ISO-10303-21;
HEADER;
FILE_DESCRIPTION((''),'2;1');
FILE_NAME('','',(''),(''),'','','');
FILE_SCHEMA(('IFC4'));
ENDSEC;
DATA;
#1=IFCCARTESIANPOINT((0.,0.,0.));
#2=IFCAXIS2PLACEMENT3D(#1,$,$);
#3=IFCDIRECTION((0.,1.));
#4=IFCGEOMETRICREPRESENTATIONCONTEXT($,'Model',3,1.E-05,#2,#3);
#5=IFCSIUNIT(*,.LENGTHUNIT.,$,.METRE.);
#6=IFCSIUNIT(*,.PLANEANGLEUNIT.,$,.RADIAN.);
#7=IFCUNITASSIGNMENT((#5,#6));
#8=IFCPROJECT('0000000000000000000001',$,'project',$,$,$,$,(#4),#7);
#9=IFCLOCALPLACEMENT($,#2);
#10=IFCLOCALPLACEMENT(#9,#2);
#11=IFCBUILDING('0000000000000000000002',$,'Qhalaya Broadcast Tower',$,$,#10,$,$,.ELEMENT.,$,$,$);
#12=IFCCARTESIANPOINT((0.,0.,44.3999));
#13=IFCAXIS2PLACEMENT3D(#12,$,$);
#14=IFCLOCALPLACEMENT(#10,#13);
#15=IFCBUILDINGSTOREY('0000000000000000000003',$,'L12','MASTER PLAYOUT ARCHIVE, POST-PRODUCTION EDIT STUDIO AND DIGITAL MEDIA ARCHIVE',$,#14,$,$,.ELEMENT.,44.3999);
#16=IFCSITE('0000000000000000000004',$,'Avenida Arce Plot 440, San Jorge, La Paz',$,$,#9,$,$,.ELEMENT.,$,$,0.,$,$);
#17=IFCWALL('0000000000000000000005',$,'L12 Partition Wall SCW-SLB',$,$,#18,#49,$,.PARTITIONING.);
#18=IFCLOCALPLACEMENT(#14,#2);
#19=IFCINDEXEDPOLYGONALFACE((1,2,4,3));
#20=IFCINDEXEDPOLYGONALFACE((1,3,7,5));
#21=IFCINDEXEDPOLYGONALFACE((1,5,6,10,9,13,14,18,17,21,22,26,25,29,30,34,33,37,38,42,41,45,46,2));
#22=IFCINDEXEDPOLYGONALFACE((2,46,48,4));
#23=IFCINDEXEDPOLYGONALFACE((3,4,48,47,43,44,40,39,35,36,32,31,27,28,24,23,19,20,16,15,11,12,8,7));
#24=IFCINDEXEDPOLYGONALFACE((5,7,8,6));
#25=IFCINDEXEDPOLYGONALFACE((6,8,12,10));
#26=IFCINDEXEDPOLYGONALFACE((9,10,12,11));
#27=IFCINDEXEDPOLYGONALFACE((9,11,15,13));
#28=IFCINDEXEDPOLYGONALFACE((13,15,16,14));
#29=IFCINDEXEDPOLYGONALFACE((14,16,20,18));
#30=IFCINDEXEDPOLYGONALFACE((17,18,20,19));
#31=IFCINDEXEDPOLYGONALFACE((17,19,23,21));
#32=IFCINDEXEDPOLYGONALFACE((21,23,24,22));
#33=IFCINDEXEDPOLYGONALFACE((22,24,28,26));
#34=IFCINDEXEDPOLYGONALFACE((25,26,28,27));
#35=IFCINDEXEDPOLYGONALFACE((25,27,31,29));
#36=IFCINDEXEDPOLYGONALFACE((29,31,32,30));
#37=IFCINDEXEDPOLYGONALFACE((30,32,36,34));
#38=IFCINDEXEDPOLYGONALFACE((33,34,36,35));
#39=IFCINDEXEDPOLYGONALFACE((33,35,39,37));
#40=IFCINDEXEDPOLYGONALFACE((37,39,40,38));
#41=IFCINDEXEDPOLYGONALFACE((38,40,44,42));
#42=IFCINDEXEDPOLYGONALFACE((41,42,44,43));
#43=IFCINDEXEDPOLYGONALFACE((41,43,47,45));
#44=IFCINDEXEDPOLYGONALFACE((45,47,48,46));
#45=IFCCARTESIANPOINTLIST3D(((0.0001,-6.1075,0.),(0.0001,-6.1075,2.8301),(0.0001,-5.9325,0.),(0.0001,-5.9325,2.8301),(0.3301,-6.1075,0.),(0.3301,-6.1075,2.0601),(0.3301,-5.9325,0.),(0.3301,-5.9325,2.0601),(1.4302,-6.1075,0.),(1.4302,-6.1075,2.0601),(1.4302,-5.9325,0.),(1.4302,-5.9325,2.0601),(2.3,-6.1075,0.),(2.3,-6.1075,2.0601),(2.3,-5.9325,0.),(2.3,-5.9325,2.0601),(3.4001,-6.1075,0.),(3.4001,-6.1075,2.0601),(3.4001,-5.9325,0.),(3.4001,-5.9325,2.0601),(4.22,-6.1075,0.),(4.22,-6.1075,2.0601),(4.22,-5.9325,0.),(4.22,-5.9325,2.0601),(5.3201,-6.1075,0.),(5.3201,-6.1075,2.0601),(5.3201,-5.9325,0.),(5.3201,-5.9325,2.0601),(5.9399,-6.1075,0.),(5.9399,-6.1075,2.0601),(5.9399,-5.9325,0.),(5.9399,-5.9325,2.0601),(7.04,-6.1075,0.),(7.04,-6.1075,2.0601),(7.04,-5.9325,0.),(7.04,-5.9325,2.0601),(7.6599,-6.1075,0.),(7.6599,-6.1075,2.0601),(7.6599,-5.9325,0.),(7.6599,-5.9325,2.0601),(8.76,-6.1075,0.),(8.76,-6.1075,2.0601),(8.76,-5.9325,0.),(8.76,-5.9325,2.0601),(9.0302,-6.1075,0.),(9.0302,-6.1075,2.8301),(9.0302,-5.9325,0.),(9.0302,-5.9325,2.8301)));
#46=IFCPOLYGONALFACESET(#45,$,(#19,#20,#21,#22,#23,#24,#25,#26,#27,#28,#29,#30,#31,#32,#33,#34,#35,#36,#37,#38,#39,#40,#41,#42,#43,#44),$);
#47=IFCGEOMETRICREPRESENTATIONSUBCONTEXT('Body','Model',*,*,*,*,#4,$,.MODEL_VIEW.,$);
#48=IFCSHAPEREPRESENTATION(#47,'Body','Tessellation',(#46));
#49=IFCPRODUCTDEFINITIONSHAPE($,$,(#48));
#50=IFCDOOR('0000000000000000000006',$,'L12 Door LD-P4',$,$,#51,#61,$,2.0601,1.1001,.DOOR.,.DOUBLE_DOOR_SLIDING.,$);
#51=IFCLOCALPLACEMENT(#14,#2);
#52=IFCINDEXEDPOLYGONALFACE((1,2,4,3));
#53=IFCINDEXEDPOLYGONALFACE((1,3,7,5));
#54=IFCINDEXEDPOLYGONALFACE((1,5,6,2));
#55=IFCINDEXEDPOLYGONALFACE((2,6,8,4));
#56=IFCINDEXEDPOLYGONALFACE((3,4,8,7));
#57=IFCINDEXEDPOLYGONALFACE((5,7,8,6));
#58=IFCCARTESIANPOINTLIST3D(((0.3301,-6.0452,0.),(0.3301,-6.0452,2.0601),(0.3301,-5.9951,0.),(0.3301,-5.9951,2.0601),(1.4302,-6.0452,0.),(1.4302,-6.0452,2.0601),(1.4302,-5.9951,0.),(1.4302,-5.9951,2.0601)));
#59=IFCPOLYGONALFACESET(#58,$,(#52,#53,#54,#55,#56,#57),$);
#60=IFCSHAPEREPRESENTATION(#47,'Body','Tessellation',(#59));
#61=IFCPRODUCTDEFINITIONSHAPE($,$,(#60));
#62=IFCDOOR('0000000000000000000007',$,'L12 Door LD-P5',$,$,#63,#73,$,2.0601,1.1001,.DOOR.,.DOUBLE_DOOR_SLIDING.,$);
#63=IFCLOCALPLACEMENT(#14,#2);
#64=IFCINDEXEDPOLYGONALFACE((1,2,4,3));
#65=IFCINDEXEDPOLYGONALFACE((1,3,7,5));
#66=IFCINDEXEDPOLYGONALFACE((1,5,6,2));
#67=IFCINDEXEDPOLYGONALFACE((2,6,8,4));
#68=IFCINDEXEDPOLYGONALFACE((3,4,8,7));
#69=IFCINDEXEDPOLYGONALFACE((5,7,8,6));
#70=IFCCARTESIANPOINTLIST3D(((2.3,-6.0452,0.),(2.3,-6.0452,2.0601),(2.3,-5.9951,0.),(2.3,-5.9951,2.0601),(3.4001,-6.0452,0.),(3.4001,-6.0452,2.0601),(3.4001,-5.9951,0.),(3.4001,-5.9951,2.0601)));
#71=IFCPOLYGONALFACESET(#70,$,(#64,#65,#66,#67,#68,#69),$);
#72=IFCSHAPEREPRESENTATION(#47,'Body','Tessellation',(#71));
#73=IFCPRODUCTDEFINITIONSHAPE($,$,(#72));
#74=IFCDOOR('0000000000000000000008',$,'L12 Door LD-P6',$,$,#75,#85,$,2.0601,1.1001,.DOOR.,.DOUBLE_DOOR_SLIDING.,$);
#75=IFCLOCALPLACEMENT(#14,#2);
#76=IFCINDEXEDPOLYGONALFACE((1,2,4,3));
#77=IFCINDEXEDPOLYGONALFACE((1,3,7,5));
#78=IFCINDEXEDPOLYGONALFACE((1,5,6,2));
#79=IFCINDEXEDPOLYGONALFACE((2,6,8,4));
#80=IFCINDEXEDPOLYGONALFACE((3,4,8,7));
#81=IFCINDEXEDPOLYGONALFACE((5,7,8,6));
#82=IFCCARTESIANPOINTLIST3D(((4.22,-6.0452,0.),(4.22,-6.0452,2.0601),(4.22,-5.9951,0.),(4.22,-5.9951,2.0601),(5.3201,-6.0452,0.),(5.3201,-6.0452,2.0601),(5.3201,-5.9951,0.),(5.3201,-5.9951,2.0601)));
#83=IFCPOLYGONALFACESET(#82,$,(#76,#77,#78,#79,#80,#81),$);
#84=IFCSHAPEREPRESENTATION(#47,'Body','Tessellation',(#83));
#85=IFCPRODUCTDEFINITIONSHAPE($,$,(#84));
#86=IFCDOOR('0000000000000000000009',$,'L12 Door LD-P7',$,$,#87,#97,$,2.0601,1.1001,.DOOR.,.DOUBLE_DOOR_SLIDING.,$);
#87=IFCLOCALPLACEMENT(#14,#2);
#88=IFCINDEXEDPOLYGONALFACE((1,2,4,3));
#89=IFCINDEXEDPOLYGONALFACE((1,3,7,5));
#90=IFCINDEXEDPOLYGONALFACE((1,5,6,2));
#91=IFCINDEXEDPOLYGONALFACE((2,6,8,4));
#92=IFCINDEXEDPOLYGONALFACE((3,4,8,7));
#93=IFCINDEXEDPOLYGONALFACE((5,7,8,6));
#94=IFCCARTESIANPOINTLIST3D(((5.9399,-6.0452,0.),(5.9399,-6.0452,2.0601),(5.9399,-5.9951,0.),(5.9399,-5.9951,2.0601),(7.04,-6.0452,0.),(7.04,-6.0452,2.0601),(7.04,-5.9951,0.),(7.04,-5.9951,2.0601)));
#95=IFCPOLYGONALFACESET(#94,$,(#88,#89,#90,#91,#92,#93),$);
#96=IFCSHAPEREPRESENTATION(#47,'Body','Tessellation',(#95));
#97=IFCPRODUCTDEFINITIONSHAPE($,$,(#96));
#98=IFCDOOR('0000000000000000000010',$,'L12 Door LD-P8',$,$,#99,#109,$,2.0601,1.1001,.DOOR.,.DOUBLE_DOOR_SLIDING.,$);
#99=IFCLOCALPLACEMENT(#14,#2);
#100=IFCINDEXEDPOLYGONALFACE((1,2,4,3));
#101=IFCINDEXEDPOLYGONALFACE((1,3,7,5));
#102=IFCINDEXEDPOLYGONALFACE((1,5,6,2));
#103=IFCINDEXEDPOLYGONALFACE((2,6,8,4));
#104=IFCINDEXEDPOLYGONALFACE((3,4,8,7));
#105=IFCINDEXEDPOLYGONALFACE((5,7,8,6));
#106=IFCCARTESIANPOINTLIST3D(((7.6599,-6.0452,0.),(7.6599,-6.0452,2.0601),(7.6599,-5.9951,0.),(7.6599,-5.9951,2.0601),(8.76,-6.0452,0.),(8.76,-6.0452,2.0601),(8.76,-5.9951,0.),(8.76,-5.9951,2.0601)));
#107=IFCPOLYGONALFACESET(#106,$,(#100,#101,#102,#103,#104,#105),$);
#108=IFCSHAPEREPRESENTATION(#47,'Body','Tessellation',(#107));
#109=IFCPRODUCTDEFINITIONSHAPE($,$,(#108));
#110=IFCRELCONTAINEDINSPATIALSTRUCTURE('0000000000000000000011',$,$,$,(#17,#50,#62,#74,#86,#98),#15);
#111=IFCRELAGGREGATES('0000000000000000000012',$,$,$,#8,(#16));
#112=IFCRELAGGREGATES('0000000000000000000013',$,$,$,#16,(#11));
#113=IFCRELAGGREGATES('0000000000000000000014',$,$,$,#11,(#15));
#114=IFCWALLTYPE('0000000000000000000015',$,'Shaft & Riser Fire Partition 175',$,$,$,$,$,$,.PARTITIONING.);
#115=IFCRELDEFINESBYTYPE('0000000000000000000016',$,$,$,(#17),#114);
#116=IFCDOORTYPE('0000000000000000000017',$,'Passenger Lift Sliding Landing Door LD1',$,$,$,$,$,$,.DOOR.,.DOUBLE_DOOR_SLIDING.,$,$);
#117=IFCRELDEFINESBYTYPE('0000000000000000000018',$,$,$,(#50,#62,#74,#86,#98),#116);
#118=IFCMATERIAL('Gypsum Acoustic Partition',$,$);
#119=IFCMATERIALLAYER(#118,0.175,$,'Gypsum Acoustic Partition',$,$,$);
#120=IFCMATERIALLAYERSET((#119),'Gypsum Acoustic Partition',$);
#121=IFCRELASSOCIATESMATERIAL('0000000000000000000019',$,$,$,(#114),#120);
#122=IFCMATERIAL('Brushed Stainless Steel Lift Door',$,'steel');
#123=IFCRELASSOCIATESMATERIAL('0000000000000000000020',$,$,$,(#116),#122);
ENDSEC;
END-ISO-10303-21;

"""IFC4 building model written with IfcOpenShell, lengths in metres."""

from ifc_helpers import new_model, si_unit, direction, frame, frame_2d, origin, place, context, subcontext, project, spatial, rectangle, extrude, material, layer, layer_set, type_object, element, fill, save


model = new_model("IFC4")

# Units and contexts
model_context = context("Model", 3, precision=1e-05, world=origin(), true_north=direction((0.0, 1.0)))
body_context = subcontext(model_context, "Body", "Model", "MODEL_VIEW")
ifc_project = project(units=[si_unit("LENGTHUNIT", "METRE"), si_unit("PLANEANGLEUNIT", "RADIAN")], contexts=[model_context])

# Site, building, storey
site_placement = place(None, origin())
site = spatial("IfcSite", under=ifc_project, at=site_placement, Name="Avenida Arce Plot 440, San Jorge, La Paz", CompositionType="ELEMENT", RefElevation=0.0)
building_placement = place(site_placement, origin())
building = spatial("IfcBuilding", under=site, at=building_placement, Name="Qhalaya Broadcast Tower", CompositionType="ELEMENT")
storey_placement = place(building_placement, frame((0.0, 0.0, 44.3999)))
storey = spatial("IfcBuildingStorey", under=building, at=storey_placement, Name="L12", Description="MASTER PLAYOUT ARCHIVE, POST-PRODUCTION EDIT STUDIO AND DIGITAL MEDIA ARCHIVE", CompositionType="ELEMENT", Elevation=44.3999)

# Shared definitions
ifc_material_1 = material(Name="Gypsum Acoustic Partition")

# Wall, openings, doors
ifc_layer_1 = layer(ifc_material_1, 0.175, Name="Gypsum Acoustic Partition")
ifc_layer_set_1 = layer_set([ifc_layer_1], Name="Gypsum Acoustic Partition")
wall_type_1 = type_object("IfcWallType", Name="Shaft & Riser Fire Partition 175", PredefinedType="PARTITIONING", material=ifc_layer_set_1)
wall_1_placement = place(storey_placement, frame((0.0, -6.02, 0.0), z_axis=(0.0, 0.0, 1.0), x_axis=(1.0, 0.0, 0.0)))
wall_1 = element("IfcWall", 1, at=wall_1_placement, inside=storey, type_object=wall_type_1, Name="L12 Partition Wall SCW-SLB", PredefinedType="PARTITIONING", context=body_context, shape_type="SweptSolid", body=[
    extrude(rectangle(XDim=9.03, YDim=0.175, at=frame_2d((4.5151, 0.0))), origin(), (0.0, 0.0, 1.0), 2.8301),
])
opening_1_placement = place(wall_1_placement, frame((0.3301, 0.0, 0.0)))
opening_1 = element("IfcOpeningElement", 2, at=opening_1_placement, cuts=wall_1, PredefinedType="OPENING", context=body_context, shape_type="SweptSolid", body=[
    extrude(rectangle(XDim=1.1001, YDim=2.0601, at=frame_2d((0.55, 1.03))), frame((0.0, 0.0996, 0.0), z_axis=(0.0, -1.0, 0.0), x_axis=(1.0, 0.0, 0.0)), (0.0, 0.0, 1.0), 0.199),
])
opening_2_placement = place(wall_1_placement, frame((2.3, 0.0, 0.0)))
opening_2 = element("IfcOpeningElement", 3, at=opening_2_placement, cuts=wall_1, PredefinedType="OPENING", context=body_context, shape_type="SweptSolid", body=[
    extrude(rectangle(XDim=1.1001, YDim=2.0601, at=frame_2d((0.55, 1.03))), frame((0.0, 0.0996, 0.0), z_axis=(0.0, -1.0, 0.0), x_axis=(1.0, 0.0, 0.0)), (0.0, 0.0, 1.0), 0.199),
])
opening_3_placement = place(wall_1_placement, frame((4.22, 0.0, 0.0)))
opening_3 = element("IfcOpeningElement", 4, at=opening_3_placement, cuts=wall_1, PredefinedType="OPENING", context=body_context, shape_type="SweptSolid", body=[
    extrude(rectangle(XDim=1.1001, YDim=2.0601, at=frame_2d((0.55, 1.03))), frame((0.0, 0.0996, 0.0), z_axis=(0.0, -1.0, 0.0), x_axis=(1.0, 0.0, 0.0)), (0.0, 0.0, 1.0), 0.199),
])
opening_4_placement = place(wall_1_placement, frame((5.9399, 0.0, 0.0)))
opening_4 = element("IfcOpeningElement", 5, at=opening_4_placement, cuts=wall_1, PredefinedType="OPENING", context=body_context, shape_type="SweptSolid", body=[
    extrude(rectangle(XDim=1.1001, YDim=2.0601, at=frame_2d((0.55, 1.03))), frame((0.0, 0.0996, 0.0), z_axis=(0.0, -1.0, 0.0), x_axis=(1.0, 0.0, 0.0)), (0.0, 0.0, 1.0), 0.199),
])
opening_5_placement = place(wall_1_placement, frame((7.6599, 0.0, 0.0)))
opening_5 = element("IfcOpeningElement", 6, at=opening_5_placement, cuts=wall_1, PredefinedType="OPENING", context=body_context, shape_type="SweptSolid", body=[
    extrude(rectangle(XDim=1.1001, YDim=2.0601, at=frame_2d((0.55, 1.03))), frame((0.0, 0.0996, 0.0), z_axis=(0.0, -1.0, 0.0), x_axis=(1.0, 0.0, 0.0)), (0.0, 0.0, 1.0), 0.199),
])
ifc_material_2 = material(Name="Brushed Stainless Steel Lift Door", Category="steel")
door_type_1 = type_object("IfcDoorType", Name="Passenger Lift Sliding Landing Door LD1", OperationType="DOUBLE_DOOR_SLIDING", PredefinedType="DOOR", material=ifc_material_2)
door_1_placement = place(opening_1_placement, origin())
door_1 = element("IfcDoor", 7, at=door_1_placement, inside=storey, type_object=door_type_1, Name="L12 Door LD-P4", OperationType="DOUBLE_DOOR_SLIDING", OverallHeight=2.0601, OverallWidth=1.1001, PredefinedType="DOOR", context=body_context, shape_type="SweptSolid", body=[
    extrude(rectangle(XDim=1.1001, YDim=2.0601, at=frame_2d((0.55, 1.03))), frame((0.0, 0.0249, 0.0), z_axis=(0.0, -1.0, 0.0), x_axis=(1.0, 0.0, 0.0)), (0.0, 0.0, 1.0), 0.05),
])
fill(opening_1, door_1)
door_2_placement = place(opening_2_placement, origin())
door_2 = element("IfcDoor", 8, at=door_2_placement, inside=storey, type_object=door_type_1, Name="L12 Door LD-P5", OperationType="DOUBLE_DOOR_SLIDING", OverallHeight=2.0601, OverallWidth=1.1001, PredefinedType="DOOR", context=body_context, shape_type="SweptSolid", body=[
    extrude(rectangle(XDim=1.1001, YDim=2.0601, at=frame_2d((0.55, 1.03))), frame((0.0, 0.0249, 0.0), z_axis=(0.0, -1.0, 0.0), x_axis=(1.0, 0.0, 0.0)), (0.0, 0.0, 1.0), 0.05),
])
fill(opening_2, door_2)
door_3_placement = place(opening_3_placement, origin())
door_3 = element("IfcDoor", 9, at=door_3_placement, inside=storey, type_object=door_type_1, Name="L12 Door LD-P6", OperationType="DOUBLE_DOOR_SLIDING", OverallHeight=2.0601, OverallWidth=1.1001, PredefinedType="DOOR", context=body_context, shape_type="SweptSolid", body=[
    extrude(rectangle(XDim=1.1001, YDim=2.0601, at=frame_2d((0.55, 1.03))), frame((0.0, 0.0249, 0.0), z_axis=(0.0, -1.0, 0.0), x_axis=(1.0, 0.0, 0.0)), (0.0, 0.0, 1.0), 0.05),
])
fill(opening_3, door_3)
door_4_placement = place(opening_4_placement, origin())
door_4 = element("IfcDoor", 10, at=door_4_placement, inside=storey, type_object=door_type_1, Name="L12 Door LD-P7", OperationType="DOUBLE_DOOR_SLIDING", OverallHeight=2.0601, OverallWidth=1.1001, PredefinedType="DOOR", context=body_context, shape_type="SweptSolid", body=[
    extrude(rectangle(XDim=1.1001, YDim=2.0601, at=frame_2d((0.55, 1.03))), frame((0.0, 0.0249, 0.0), z_axis=(0.0, -1.0, 0.0), x_axis=(1.0, 0.0, 0.0)), (0.0, 0.0, 1.0), 0.05),
])
fill(opening_4, door_4)
door_5_placement = place(opening_5_placement, origin())
door_5 = element("IfcDoor", 11, at=door_5_placement, inside=storey, type_object=door_type_1, Name="L12 Door LD-P8", OperationType="DOUBLE_DOOR_SLIDING", OverallHeight=2.0601, OverallWidth=1.1001, PredefinedType="DOOR", context=body_context, shape_type="SweptSolid", body=[
    extrude(rectangle(XDim=1.1001, YDim=2.0601, at=frame_2d((0.55, 1.03))), frame((0.0, 0.0249, 0.0), z_axis=(0.0, -1.0, 0.0), x_axis=(1.0, 0.0, 0.0)), (0.0, 0.0, 1.0), 0.05),
])
fill(opening_5, door_5)

save(model, "model.ifc")
